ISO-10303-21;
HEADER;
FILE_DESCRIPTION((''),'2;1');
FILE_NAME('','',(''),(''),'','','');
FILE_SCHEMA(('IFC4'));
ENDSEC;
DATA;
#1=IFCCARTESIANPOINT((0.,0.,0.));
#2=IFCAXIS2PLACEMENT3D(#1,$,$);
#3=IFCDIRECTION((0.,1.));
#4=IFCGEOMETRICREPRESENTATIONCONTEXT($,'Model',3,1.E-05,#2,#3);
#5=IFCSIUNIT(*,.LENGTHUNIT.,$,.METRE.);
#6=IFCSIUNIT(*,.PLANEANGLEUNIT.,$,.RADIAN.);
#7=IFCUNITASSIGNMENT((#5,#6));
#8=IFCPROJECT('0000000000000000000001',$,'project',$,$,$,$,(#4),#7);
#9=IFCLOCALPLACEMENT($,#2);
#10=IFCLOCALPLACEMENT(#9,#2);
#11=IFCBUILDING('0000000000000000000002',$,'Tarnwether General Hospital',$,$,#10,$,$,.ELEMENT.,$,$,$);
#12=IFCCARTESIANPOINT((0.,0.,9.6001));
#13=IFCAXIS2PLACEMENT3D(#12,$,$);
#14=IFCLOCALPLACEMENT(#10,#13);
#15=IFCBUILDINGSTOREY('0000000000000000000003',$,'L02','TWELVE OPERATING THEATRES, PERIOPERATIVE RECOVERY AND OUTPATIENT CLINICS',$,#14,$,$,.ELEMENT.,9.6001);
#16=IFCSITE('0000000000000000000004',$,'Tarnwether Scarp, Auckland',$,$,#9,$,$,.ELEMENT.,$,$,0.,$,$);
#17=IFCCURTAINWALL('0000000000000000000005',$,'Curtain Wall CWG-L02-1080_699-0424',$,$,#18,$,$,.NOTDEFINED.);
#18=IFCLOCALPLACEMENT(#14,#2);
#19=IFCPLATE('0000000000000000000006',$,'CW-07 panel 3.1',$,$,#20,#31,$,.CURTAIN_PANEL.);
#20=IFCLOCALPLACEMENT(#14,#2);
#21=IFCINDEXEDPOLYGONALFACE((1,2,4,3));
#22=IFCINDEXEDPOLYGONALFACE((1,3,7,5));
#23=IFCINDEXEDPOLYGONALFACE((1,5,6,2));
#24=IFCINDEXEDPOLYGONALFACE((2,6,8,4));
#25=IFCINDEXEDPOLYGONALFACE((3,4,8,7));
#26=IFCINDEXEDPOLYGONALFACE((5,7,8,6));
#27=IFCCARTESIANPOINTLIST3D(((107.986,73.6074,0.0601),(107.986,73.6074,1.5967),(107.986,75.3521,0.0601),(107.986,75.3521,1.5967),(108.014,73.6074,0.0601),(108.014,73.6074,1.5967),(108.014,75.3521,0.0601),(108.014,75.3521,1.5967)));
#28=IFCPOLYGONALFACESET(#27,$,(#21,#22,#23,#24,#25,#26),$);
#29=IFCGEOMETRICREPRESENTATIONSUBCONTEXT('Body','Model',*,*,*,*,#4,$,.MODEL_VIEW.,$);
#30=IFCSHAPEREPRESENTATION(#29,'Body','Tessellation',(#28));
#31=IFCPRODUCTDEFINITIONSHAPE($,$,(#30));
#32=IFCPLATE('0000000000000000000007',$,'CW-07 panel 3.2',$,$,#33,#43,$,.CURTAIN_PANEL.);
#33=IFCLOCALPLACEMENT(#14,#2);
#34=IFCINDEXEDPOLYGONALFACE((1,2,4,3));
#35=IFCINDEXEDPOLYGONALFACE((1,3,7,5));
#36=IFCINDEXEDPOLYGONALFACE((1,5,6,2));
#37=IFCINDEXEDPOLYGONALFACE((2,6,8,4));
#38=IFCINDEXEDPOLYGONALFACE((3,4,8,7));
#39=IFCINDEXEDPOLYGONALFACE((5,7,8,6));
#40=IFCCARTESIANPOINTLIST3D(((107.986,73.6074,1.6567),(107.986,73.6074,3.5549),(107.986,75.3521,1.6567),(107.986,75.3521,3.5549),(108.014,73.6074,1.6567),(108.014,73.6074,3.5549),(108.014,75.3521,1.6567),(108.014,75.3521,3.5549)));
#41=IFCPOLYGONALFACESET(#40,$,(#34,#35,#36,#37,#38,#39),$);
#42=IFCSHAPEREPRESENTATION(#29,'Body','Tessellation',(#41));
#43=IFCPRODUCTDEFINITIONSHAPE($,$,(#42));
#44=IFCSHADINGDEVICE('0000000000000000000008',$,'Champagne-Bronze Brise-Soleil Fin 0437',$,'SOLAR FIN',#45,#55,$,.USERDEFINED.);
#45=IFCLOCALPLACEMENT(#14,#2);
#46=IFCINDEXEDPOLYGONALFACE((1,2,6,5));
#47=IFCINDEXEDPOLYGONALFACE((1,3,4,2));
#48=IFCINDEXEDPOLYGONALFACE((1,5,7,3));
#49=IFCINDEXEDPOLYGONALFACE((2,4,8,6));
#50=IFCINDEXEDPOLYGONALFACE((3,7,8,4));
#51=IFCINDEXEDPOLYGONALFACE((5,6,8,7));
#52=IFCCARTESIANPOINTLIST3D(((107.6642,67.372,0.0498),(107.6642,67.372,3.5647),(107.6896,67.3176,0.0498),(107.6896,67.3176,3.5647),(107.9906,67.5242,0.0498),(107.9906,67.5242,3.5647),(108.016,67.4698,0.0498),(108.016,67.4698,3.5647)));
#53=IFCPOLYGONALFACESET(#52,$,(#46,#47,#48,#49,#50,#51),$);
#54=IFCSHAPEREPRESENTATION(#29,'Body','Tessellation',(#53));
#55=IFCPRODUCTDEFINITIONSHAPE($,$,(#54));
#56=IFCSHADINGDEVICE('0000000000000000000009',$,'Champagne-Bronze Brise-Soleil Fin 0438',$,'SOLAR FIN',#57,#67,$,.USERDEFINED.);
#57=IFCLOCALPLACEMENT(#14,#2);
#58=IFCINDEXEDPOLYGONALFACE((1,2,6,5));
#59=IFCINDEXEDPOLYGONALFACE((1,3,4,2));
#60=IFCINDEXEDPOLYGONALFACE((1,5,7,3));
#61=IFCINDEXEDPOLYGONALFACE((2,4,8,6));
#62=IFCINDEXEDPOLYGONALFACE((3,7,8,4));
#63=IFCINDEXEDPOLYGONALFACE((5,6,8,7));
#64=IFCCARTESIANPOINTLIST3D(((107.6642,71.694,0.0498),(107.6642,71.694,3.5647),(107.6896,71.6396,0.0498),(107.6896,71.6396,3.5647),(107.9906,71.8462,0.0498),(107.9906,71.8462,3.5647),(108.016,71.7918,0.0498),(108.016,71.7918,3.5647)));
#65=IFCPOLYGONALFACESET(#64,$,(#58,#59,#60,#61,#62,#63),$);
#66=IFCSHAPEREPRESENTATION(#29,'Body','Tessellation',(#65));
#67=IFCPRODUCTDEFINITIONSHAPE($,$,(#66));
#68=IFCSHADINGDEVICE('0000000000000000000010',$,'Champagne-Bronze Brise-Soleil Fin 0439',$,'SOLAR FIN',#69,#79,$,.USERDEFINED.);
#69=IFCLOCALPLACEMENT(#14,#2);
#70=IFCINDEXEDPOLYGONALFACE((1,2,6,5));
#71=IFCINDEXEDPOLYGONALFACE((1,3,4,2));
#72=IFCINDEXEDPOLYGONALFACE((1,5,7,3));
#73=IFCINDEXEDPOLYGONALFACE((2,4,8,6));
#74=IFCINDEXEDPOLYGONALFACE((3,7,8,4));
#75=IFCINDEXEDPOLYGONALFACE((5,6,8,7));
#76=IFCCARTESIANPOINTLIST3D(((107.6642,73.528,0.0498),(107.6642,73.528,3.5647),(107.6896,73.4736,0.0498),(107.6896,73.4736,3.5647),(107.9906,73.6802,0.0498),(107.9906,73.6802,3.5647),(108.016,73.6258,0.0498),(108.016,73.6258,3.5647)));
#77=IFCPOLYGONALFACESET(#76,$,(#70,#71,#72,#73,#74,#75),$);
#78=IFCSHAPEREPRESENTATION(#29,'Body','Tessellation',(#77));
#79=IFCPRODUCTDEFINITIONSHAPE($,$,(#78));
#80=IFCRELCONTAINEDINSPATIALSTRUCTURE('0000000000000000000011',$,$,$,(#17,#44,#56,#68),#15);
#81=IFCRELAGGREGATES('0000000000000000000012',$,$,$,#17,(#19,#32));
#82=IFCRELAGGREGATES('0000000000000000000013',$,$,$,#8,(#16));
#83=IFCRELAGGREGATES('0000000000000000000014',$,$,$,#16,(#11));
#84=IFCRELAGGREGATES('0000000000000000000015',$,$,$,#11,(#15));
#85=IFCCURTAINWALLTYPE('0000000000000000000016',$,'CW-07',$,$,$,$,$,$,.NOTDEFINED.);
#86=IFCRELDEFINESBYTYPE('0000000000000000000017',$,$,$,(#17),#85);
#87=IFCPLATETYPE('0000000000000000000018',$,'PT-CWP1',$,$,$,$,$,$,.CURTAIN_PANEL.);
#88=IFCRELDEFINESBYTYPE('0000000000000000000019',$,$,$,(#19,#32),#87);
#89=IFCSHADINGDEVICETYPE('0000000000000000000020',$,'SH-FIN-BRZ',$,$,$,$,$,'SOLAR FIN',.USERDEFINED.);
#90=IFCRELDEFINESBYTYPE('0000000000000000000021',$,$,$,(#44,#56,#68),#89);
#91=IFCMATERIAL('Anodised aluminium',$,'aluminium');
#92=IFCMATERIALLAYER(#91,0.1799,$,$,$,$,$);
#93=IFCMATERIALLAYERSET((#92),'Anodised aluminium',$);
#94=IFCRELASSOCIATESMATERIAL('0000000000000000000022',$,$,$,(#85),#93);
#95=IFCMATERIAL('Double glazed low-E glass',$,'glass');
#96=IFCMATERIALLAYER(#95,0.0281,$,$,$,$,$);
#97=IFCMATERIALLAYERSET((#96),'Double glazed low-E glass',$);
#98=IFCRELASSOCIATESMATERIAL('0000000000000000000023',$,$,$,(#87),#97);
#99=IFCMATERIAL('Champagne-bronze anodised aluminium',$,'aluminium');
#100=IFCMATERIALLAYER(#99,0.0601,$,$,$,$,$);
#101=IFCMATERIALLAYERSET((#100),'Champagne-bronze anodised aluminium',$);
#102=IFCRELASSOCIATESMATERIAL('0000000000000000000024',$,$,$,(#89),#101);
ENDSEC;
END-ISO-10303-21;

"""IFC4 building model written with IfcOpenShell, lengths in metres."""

from ifc_helpers import new_model, si_unit, direction, frame, origin, origin_2d, place, context, subcontext, project, spatial, rectangle, extrude, material, layer, layer_set, type_object, element, aggregate, save


model = new_model("IFC4")

# Units and contexts
model_context = context("Model", 3, precision=1e-05, world=origin(), true_north=direction((0.0, 1.0)))
body_context = subcontext(model_context, "Body", "Model", "MODEL_VIEW")
ifc_project = project(units=[si_unit("LENGTHUNIT", "METRE"), si_unit("PLANEANGLEUNIT", "RADIAN")], contexts=[model_context])

# Site, building, storey
site_placement = place(None, origin())
site = spatial("IfcSite", under=ifc_project, at=site_placement, Name="Tarnwether Scarp, Auckland", CompositionType="ELEMENT", RefElevation=0.0)
building_placement = place(site_placement, origin())
building = spatial("IfcBuilding", under=site, at=building_placement, Name="Tarnwether General Hospital", CompositionType="ELEMENT")
storey_placement = place(building_placement, frame((0.0, 0.0, 9.6001)))
storey = spatial("IfcBuildingStorey", under=building, at=storey_placement, Name="L02", Description="TWELVE OPERATING THEATRES, PERIOPERATIVE RECOVERY AND OUTPATIENT CLINICS", CompositionType="ELEMENT", Elevation=9.6001)

# Curtain wall
ifc_material_1 = material(Name="Anodised aluminium", Category="aluminium")
ifc_layer_1 = layer(ifc_material_1, 0.1799)
ifc_layer_set_1 = layer_set([ifc_layer_1], Name="Anodised aluminium")
curtain_wall_type = type_object("IfcCurtainWallType", Name="CW-07", PredefinedType="NOTDEFINED", material=ifc_layer_set_1)
curtain_wall_1_placement = place(storey_placement, origin())
curtain_wall_1 = element("IfcCurtainWall", 1, at=curtain_wall_1_placement, inside=storey, type_object=curtain_wall_type, Name="Curtain Wall CWG-L02-1080_699-0424", PredefinedType="NOTDEFINED")

# Plates
ifc_material_2 = material(Name="Double glazed low-E glass", Category="glass")
ifc_layer_2 = layer(ifc_material_2, 0.0281)
ifc_layer_set_2 = layer_set([ifc_layer_2], Name="Double glazed low-E glass")
plate_type = type_object("IfcPlateType", Name="PT-CWP1", PredefinedType="CURTAIN_PANEL", material=ifc_layer_set_2)
plate_1_placement = place(storey_placement, frame((108.0, 74.4797, 0.0601), z_axis=(0.0, 0.0, 1.0), x_axis=(0.0, 1.0, 0.0)))
plate_1 = element("IfcPlate", 2, at=plate_1_placement, type_object=plate_type, Name="CW-07 panel 3.1", PredefinedType="CURTAIN_PANEL", context=body_context, shape_type="SweptSolid", body=[
    extrude(rectangle(XDim=1.7446, YDim=0.0281, at=origin_2d()), origin(), (0.0, 0.0, 1.0), 1.5366),
])
plate_2_placement = place(storey_placement, frame((108.0, 74.4797, 1.6567), z_axis=(0.0, 0.0, 1.0), x_axis=(0.0, 1.0, 0.0)))
plate_2 = element("IfcPlate", 3, at=plate_2_placement, type_object=plate_type, Name="CW-07 panel 3.2", PredefinedType="CURTAIN_PANEL", context=body_context, shape_type="SweptSolid", body=[
    extrude(rectangle(XDim=1.7446, YDim=0.0281, at=origin_2d()), origin(), (0.0, 0.0, 1.0), 1.8982),
])
aggregate(curtain_wall_1, [plate_1, plate_2])

# Shading devices
ifc_material_3 = material(Name="Champagne-bronze anodised aluminium", Category="aluminium")
ifc_layer_3 = layer(ifc_material_3, 0.0601)
ifc_layer_set_3 = layer_set([ifc_layer_3], Name="Champagne-bronze anodised aluminium")
shading_device_type = type_object("IfcShadingDeviceType", Name="SH-FIN-BRZ", ElementType="SOLAR FIN", PredefinedType="USERDEFINED", material=ifc_layer_set_3)
for number, where, z_axis, x_axis, name in (
    (4, (107.8401, 67.4209, 0.0498), (0.0, 0.0, 1.0), (-0.422618, 0.906308, 0.0), "Champagne-Bronze Brise-Soleil Fin 0437"),
    (5, (107.8401, 71.7429, 0.0498), (0.0, 0.0, 1.0), (-0.422618, 0.906308, 0.0), "Champagne-Bronze Brise-Soleil Fin 0438"),
    (6, (107.8401, 73.5769, 0.0498), (0.0, 0.0, 1.0), (-0.422618, 0.906308, 0.0), "Champagne-Bronze Brise-Soleil Fin 0439"),
):
    element("IfcShadingDevice", number, at=place(storey_placement, frame(where, z_axis=z_axis, x_axis=x_axis)), inside=storey, type_object=shading_device_type, Name=name, ObjectType="SOLAR FIN", PredefinedType="USERDEFINED", context=body_context, shape_type="SweptSolid", body=[
        extrude(rectangle(XDim=0.0601, YDim=0.3601, at=origin_2d()), origin(), (0.0, 0.0, 1.0), 3.5149),
    ])

save(model, "model.ifc")
